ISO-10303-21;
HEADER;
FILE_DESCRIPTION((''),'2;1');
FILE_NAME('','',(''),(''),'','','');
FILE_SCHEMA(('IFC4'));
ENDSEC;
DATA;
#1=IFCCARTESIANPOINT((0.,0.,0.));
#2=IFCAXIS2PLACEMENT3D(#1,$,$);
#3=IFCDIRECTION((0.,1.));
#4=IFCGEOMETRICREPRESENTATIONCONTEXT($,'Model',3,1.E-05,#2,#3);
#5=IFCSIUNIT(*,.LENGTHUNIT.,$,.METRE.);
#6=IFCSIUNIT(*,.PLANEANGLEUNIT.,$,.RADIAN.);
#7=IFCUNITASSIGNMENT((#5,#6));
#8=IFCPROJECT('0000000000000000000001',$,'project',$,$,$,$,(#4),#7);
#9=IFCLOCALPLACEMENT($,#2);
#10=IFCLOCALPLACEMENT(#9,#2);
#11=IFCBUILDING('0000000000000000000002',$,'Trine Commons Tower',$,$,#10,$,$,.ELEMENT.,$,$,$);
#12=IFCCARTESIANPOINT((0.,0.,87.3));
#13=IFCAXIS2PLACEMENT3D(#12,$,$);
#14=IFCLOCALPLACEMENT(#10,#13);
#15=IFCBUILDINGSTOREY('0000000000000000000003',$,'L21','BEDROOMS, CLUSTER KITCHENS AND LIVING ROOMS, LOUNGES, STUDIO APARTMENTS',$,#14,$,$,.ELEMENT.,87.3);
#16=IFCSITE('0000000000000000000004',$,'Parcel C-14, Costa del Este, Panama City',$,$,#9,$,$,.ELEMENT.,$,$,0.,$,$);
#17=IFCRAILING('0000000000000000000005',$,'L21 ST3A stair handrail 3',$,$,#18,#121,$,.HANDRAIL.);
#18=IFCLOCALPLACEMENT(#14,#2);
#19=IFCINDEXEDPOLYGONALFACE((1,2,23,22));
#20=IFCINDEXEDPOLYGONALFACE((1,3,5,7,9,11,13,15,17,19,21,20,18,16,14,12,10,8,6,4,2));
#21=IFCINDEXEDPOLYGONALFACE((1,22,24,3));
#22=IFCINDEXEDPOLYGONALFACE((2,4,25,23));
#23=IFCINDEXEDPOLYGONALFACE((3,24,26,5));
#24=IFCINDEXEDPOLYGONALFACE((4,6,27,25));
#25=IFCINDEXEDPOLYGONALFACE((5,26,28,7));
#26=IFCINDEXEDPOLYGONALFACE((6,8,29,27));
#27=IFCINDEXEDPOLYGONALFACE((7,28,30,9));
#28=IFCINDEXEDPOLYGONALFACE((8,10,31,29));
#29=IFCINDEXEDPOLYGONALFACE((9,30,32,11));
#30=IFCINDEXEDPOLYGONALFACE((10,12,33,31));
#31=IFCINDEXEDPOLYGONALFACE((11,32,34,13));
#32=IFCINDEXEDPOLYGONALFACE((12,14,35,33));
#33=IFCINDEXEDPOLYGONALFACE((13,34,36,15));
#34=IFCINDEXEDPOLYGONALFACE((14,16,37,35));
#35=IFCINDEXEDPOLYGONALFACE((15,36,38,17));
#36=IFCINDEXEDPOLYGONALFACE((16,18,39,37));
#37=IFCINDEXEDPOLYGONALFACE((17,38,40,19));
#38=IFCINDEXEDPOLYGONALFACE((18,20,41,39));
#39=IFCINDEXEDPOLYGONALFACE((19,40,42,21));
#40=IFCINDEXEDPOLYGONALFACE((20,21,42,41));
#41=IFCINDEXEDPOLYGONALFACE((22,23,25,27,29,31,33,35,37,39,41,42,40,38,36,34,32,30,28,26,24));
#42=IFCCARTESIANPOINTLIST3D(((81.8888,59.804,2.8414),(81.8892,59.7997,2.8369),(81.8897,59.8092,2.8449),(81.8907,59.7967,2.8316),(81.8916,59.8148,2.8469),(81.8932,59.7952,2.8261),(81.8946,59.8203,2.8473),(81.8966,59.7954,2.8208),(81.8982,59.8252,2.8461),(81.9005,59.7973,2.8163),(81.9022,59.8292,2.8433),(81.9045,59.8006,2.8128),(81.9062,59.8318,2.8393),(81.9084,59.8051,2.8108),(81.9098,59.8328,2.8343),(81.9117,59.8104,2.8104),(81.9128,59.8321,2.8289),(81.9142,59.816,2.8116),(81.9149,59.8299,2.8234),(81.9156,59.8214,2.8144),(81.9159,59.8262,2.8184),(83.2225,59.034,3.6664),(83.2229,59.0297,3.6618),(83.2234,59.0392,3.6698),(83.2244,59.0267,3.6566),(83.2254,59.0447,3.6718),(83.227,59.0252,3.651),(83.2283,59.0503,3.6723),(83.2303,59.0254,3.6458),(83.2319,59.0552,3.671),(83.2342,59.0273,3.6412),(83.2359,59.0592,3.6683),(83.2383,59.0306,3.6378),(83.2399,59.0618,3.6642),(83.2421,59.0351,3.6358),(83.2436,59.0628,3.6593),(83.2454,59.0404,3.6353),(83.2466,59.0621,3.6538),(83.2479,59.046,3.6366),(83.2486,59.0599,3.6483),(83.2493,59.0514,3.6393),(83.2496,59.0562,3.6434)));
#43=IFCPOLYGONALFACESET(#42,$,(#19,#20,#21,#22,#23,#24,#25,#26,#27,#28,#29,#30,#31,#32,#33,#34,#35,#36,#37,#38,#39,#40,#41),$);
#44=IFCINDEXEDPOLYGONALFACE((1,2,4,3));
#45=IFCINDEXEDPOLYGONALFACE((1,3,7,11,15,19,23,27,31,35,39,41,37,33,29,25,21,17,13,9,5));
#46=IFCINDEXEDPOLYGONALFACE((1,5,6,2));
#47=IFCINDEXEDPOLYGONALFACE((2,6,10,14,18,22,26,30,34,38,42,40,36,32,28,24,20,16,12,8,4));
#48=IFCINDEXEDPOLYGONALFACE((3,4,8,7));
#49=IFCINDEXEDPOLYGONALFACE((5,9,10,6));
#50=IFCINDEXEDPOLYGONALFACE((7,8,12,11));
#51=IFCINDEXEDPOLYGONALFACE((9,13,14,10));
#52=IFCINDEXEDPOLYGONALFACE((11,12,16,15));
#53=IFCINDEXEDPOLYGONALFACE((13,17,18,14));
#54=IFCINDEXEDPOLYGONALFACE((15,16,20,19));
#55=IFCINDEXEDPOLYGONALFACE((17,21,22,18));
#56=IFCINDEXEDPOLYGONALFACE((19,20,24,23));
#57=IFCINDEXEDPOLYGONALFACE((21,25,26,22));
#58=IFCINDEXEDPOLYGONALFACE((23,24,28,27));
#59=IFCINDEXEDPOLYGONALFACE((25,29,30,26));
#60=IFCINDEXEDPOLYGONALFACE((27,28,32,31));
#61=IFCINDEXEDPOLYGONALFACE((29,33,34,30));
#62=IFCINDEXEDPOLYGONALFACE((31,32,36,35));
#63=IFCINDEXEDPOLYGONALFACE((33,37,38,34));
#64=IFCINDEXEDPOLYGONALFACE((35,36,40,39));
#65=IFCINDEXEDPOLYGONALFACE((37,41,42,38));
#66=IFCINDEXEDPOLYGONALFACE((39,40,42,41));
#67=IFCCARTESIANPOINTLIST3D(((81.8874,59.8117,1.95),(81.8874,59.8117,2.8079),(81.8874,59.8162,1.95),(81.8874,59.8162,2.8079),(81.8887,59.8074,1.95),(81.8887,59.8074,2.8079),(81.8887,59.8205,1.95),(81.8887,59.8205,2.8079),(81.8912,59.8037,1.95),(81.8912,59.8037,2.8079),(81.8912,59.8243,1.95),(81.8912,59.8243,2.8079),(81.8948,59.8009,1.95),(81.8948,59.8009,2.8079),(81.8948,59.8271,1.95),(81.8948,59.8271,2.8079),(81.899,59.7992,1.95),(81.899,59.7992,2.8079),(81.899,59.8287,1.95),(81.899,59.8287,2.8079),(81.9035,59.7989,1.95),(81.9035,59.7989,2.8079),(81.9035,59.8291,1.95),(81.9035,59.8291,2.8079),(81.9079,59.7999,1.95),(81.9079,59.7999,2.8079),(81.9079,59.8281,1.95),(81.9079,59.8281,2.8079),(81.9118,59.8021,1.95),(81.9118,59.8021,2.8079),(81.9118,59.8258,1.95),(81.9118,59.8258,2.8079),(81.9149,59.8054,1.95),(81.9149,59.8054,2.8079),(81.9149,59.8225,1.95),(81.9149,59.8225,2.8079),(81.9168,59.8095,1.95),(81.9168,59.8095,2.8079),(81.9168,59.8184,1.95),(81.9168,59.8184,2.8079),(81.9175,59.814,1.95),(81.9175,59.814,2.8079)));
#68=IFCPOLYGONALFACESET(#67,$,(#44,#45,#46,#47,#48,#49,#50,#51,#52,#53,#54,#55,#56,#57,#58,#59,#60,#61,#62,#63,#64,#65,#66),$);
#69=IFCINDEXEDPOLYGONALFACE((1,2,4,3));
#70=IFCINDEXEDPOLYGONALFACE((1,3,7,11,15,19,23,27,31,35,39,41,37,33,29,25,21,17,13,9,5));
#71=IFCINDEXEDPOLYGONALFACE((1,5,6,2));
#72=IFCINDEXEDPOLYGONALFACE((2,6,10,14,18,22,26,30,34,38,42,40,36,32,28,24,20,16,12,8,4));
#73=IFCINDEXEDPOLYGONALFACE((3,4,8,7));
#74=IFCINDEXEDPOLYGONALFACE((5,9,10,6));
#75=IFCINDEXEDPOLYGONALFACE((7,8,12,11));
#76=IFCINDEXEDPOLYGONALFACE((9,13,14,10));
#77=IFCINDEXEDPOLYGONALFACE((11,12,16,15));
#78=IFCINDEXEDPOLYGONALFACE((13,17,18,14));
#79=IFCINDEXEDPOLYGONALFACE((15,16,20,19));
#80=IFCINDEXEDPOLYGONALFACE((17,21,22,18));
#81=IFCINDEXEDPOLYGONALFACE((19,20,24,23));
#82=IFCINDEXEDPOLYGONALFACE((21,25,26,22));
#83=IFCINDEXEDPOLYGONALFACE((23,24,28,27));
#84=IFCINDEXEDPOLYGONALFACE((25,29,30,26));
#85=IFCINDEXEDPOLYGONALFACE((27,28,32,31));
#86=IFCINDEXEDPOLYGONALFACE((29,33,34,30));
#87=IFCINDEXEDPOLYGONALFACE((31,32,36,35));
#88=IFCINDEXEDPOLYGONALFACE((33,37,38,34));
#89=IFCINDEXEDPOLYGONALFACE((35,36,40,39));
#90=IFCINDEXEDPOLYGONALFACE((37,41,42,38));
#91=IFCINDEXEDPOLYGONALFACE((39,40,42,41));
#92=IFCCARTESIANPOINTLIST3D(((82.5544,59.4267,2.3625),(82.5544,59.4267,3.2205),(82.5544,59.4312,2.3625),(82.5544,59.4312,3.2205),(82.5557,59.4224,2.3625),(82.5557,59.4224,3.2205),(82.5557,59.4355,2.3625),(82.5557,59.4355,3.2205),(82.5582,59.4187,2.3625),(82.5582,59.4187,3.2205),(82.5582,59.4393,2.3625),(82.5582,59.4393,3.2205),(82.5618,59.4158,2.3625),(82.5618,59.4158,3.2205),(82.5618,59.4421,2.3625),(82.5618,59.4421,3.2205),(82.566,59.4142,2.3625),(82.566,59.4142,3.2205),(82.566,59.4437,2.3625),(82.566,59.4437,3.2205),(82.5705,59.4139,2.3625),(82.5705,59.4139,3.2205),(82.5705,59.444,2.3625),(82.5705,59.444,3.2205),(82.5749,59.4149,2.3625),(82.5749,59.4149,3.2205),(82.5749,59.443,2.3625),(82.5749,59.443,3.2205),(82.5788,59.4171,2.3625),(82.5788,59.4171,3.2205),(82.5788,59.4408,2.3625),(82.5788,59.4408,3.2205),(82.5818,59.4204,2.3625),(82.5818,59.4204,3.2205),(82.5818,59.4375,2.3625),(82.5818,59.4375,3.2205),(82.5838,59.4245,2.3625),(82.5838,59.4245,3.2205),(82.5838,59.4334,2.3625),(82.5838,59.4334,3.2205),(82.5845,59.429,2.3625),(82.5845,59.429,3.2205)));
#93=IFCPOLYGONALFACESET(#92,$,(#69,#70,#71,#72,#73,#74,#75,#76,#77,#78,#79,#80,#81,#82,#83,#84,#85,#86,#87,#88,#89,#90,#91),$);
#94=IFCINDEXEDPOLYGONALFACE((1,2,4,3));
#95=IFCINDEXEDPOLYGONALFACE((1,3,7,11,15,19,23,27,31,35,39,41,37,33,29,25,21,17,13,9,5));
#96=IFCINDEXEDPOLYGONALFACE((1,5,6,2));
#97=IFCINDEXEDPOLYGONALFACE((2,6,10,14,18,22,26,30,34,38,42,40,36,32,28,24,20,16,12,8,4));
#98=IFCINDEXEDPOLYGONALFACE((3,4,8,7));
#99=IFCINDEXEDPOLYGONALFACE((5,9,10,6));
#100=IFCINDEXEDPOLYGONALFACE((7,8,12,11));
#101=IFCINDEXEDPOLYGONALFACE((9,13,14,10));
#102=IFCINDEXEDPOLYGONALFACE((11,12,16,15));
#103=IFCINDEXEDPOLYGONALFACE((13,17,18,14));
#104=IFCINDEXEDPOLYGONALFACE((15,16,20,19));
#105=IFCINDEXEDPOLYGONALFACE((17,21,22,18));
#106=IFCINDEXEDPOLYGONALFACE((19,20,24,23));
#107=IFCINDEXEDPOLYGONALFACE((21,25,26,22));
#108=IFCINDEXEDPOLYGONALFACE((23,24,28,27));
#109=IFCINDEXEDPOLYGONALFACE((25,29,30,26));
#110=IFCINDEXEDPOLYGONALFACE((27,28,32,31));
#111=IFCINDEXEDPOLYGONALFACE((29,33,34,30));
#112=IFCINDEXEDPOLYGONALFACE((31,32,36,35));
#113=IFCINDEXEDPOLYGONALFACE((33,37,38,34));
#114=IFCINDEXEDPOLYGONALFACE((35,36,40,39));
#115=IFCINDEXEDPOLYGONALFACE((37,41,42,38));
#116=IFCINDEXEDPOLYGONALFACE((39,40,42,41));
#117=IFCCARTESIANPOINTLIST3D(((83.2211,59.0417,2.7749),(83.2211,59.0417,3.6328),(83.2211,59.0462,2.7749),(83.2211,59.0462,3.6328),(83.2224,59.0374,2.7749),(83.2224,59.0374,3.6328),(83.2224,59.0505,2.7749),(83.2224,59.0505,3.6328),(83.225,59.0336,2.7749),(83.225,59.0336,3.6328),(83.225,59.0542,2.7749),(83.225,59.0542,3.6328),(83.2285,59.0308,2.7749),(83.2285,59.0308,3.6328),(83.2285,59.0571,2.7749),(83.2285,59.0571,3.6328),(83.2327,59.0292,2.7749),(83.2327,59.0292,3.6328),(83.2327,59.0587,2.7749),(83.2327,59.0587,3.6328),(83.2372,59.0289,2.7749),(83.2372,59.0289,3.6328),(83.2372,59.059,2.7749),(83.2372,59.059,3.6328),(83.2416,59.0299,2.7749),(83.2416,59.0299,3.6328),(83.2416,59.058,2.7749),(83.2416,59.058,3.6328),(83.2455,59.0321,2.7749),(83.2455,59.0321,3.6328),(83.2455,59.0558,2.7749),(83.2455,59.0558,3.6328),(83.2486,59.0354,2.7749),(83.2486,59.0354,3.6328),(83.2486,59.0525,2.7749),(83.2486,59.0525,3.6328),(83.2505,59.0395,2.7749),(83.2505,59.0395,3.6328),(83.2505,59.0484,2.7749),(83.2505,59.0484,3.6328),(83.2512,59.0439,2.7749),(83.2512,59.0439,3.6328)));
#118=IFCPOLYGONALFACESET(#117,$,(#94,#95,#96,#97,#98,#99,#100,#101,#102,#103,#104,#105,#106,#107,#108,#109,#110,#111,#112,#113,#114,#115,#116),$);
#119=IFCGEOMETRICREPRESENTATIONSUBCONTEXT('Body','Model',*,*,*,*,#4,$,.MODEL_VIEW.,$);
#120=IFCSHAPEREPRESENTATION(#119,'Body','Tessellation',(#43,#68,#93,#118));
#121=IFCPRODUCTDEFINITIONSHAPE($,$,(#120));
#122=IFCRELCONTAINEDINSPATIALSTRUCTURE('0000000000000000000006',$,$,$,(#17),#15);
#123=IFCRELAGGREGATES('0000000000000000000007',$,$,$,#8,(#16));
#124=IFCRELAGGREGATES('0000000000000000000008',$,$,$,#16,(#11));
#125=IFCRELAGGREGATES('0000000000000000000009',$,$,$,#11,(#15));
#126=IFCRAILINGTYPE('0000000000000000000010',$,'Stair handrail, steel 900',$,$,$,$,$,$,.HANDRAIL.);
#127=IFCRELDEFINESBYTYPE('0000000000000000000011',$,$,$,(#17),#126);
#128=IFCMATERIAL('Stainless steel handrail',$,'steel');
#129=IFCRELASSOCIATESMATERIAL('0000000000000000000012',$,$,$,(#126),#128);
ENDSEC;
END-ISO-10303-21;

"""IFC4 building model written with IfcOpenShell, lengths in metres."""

from ifc_helpers import new_model, si_unit, direction, frame, origin, origin_2d, place, context, subcontext, project, spatial, circle, extrude, material, type_object, element, save


model = new_model("IFC4")

# Units and contexts
model_context = context("Model", 3, precision=1e-05, world=origin(), true_north=direction((0.0, 1.0)))
body_context = subcontext(model_context, "Body", "Model", "MODEL_VIEW")
ifc_project = project(units=[si_unit("LENGTHUNIT", "METRE"), si_unit("PLANEANGLEUNIT", "RADIAN")], contexts=[model_context])

# Site, building, storey
site_placement = place(None, origin())
site = spatial("IfcSite", under=ifc_project, at=site_placement, Name="Parcel C-14, Costa del Este, Panama City", CompositionType="ELEMENT", RefElevation=0.0)
building_placement = place(site_placement, origin())
building = spatial("IfcBuilding", under=site, at=building_placement, Name="Trine Commons Tower", CompositionType="ELEMENT")
storey_placement = place(building_placement, frame((0.0, 0.0, 87.3)))
storey = spatial("IfcBuildingStorey", under=building, at=storey_placement, Name="L21", Description="BEDROOMS, CLUSTER KITCHENS AND LIVING ROOMS, LOUNGES, STUDIO APARTMENTS", CompositionType="ELEMENT", Elevation=87.3)

# Railing
ifc_material_1 = material(Name="Stainless steel handrail", Category="steel")
railing_type_1 = type_object("IfcRailingType", Name="Stair handrail, steel 900", PredefinedType="HANDRAIL", material=ifc_material_1)
railing_1_placement = place(storey_placement, frame((81.9023, 59.814, 1.95)))
element("IfcRailing", 1, at=railing_1_placement, inside=storey, type_object=railing_type_1, Name="L21 ST3A stair handrail 3", PredefinedType="HANDRAIL", context=body_context, shape_type="SweptSolid", body=[
    extrude(circle(Radius=0.021, at=origin_2d()), frame((0.0, 0.0, 0.8789), z_axis=(0.763405, -0.440743, 0.472185), x_axis=(0.499992, 0.86603, 0.0)), (0.0, 0.0, 1.0), 1.7471),
    extrude(circle(Radius=0.0151, at=origin_2d()), origin(), (0.0, 0.0, 1.0), 0.8579),
    extrude(circle(Radius=0.0151, at=origin_2d()), frame((0.667, -0.385, 0.4126)), (0.0, 0.0, 1.0), 0.8579),
    extrude(circle(Radius=0.0151, at=origin_2d()), frame((1.3337, -0.77, 0.825)), (0.0, 0.0, 1.0), 0.8579),
])

save(model, "model.ifc")
